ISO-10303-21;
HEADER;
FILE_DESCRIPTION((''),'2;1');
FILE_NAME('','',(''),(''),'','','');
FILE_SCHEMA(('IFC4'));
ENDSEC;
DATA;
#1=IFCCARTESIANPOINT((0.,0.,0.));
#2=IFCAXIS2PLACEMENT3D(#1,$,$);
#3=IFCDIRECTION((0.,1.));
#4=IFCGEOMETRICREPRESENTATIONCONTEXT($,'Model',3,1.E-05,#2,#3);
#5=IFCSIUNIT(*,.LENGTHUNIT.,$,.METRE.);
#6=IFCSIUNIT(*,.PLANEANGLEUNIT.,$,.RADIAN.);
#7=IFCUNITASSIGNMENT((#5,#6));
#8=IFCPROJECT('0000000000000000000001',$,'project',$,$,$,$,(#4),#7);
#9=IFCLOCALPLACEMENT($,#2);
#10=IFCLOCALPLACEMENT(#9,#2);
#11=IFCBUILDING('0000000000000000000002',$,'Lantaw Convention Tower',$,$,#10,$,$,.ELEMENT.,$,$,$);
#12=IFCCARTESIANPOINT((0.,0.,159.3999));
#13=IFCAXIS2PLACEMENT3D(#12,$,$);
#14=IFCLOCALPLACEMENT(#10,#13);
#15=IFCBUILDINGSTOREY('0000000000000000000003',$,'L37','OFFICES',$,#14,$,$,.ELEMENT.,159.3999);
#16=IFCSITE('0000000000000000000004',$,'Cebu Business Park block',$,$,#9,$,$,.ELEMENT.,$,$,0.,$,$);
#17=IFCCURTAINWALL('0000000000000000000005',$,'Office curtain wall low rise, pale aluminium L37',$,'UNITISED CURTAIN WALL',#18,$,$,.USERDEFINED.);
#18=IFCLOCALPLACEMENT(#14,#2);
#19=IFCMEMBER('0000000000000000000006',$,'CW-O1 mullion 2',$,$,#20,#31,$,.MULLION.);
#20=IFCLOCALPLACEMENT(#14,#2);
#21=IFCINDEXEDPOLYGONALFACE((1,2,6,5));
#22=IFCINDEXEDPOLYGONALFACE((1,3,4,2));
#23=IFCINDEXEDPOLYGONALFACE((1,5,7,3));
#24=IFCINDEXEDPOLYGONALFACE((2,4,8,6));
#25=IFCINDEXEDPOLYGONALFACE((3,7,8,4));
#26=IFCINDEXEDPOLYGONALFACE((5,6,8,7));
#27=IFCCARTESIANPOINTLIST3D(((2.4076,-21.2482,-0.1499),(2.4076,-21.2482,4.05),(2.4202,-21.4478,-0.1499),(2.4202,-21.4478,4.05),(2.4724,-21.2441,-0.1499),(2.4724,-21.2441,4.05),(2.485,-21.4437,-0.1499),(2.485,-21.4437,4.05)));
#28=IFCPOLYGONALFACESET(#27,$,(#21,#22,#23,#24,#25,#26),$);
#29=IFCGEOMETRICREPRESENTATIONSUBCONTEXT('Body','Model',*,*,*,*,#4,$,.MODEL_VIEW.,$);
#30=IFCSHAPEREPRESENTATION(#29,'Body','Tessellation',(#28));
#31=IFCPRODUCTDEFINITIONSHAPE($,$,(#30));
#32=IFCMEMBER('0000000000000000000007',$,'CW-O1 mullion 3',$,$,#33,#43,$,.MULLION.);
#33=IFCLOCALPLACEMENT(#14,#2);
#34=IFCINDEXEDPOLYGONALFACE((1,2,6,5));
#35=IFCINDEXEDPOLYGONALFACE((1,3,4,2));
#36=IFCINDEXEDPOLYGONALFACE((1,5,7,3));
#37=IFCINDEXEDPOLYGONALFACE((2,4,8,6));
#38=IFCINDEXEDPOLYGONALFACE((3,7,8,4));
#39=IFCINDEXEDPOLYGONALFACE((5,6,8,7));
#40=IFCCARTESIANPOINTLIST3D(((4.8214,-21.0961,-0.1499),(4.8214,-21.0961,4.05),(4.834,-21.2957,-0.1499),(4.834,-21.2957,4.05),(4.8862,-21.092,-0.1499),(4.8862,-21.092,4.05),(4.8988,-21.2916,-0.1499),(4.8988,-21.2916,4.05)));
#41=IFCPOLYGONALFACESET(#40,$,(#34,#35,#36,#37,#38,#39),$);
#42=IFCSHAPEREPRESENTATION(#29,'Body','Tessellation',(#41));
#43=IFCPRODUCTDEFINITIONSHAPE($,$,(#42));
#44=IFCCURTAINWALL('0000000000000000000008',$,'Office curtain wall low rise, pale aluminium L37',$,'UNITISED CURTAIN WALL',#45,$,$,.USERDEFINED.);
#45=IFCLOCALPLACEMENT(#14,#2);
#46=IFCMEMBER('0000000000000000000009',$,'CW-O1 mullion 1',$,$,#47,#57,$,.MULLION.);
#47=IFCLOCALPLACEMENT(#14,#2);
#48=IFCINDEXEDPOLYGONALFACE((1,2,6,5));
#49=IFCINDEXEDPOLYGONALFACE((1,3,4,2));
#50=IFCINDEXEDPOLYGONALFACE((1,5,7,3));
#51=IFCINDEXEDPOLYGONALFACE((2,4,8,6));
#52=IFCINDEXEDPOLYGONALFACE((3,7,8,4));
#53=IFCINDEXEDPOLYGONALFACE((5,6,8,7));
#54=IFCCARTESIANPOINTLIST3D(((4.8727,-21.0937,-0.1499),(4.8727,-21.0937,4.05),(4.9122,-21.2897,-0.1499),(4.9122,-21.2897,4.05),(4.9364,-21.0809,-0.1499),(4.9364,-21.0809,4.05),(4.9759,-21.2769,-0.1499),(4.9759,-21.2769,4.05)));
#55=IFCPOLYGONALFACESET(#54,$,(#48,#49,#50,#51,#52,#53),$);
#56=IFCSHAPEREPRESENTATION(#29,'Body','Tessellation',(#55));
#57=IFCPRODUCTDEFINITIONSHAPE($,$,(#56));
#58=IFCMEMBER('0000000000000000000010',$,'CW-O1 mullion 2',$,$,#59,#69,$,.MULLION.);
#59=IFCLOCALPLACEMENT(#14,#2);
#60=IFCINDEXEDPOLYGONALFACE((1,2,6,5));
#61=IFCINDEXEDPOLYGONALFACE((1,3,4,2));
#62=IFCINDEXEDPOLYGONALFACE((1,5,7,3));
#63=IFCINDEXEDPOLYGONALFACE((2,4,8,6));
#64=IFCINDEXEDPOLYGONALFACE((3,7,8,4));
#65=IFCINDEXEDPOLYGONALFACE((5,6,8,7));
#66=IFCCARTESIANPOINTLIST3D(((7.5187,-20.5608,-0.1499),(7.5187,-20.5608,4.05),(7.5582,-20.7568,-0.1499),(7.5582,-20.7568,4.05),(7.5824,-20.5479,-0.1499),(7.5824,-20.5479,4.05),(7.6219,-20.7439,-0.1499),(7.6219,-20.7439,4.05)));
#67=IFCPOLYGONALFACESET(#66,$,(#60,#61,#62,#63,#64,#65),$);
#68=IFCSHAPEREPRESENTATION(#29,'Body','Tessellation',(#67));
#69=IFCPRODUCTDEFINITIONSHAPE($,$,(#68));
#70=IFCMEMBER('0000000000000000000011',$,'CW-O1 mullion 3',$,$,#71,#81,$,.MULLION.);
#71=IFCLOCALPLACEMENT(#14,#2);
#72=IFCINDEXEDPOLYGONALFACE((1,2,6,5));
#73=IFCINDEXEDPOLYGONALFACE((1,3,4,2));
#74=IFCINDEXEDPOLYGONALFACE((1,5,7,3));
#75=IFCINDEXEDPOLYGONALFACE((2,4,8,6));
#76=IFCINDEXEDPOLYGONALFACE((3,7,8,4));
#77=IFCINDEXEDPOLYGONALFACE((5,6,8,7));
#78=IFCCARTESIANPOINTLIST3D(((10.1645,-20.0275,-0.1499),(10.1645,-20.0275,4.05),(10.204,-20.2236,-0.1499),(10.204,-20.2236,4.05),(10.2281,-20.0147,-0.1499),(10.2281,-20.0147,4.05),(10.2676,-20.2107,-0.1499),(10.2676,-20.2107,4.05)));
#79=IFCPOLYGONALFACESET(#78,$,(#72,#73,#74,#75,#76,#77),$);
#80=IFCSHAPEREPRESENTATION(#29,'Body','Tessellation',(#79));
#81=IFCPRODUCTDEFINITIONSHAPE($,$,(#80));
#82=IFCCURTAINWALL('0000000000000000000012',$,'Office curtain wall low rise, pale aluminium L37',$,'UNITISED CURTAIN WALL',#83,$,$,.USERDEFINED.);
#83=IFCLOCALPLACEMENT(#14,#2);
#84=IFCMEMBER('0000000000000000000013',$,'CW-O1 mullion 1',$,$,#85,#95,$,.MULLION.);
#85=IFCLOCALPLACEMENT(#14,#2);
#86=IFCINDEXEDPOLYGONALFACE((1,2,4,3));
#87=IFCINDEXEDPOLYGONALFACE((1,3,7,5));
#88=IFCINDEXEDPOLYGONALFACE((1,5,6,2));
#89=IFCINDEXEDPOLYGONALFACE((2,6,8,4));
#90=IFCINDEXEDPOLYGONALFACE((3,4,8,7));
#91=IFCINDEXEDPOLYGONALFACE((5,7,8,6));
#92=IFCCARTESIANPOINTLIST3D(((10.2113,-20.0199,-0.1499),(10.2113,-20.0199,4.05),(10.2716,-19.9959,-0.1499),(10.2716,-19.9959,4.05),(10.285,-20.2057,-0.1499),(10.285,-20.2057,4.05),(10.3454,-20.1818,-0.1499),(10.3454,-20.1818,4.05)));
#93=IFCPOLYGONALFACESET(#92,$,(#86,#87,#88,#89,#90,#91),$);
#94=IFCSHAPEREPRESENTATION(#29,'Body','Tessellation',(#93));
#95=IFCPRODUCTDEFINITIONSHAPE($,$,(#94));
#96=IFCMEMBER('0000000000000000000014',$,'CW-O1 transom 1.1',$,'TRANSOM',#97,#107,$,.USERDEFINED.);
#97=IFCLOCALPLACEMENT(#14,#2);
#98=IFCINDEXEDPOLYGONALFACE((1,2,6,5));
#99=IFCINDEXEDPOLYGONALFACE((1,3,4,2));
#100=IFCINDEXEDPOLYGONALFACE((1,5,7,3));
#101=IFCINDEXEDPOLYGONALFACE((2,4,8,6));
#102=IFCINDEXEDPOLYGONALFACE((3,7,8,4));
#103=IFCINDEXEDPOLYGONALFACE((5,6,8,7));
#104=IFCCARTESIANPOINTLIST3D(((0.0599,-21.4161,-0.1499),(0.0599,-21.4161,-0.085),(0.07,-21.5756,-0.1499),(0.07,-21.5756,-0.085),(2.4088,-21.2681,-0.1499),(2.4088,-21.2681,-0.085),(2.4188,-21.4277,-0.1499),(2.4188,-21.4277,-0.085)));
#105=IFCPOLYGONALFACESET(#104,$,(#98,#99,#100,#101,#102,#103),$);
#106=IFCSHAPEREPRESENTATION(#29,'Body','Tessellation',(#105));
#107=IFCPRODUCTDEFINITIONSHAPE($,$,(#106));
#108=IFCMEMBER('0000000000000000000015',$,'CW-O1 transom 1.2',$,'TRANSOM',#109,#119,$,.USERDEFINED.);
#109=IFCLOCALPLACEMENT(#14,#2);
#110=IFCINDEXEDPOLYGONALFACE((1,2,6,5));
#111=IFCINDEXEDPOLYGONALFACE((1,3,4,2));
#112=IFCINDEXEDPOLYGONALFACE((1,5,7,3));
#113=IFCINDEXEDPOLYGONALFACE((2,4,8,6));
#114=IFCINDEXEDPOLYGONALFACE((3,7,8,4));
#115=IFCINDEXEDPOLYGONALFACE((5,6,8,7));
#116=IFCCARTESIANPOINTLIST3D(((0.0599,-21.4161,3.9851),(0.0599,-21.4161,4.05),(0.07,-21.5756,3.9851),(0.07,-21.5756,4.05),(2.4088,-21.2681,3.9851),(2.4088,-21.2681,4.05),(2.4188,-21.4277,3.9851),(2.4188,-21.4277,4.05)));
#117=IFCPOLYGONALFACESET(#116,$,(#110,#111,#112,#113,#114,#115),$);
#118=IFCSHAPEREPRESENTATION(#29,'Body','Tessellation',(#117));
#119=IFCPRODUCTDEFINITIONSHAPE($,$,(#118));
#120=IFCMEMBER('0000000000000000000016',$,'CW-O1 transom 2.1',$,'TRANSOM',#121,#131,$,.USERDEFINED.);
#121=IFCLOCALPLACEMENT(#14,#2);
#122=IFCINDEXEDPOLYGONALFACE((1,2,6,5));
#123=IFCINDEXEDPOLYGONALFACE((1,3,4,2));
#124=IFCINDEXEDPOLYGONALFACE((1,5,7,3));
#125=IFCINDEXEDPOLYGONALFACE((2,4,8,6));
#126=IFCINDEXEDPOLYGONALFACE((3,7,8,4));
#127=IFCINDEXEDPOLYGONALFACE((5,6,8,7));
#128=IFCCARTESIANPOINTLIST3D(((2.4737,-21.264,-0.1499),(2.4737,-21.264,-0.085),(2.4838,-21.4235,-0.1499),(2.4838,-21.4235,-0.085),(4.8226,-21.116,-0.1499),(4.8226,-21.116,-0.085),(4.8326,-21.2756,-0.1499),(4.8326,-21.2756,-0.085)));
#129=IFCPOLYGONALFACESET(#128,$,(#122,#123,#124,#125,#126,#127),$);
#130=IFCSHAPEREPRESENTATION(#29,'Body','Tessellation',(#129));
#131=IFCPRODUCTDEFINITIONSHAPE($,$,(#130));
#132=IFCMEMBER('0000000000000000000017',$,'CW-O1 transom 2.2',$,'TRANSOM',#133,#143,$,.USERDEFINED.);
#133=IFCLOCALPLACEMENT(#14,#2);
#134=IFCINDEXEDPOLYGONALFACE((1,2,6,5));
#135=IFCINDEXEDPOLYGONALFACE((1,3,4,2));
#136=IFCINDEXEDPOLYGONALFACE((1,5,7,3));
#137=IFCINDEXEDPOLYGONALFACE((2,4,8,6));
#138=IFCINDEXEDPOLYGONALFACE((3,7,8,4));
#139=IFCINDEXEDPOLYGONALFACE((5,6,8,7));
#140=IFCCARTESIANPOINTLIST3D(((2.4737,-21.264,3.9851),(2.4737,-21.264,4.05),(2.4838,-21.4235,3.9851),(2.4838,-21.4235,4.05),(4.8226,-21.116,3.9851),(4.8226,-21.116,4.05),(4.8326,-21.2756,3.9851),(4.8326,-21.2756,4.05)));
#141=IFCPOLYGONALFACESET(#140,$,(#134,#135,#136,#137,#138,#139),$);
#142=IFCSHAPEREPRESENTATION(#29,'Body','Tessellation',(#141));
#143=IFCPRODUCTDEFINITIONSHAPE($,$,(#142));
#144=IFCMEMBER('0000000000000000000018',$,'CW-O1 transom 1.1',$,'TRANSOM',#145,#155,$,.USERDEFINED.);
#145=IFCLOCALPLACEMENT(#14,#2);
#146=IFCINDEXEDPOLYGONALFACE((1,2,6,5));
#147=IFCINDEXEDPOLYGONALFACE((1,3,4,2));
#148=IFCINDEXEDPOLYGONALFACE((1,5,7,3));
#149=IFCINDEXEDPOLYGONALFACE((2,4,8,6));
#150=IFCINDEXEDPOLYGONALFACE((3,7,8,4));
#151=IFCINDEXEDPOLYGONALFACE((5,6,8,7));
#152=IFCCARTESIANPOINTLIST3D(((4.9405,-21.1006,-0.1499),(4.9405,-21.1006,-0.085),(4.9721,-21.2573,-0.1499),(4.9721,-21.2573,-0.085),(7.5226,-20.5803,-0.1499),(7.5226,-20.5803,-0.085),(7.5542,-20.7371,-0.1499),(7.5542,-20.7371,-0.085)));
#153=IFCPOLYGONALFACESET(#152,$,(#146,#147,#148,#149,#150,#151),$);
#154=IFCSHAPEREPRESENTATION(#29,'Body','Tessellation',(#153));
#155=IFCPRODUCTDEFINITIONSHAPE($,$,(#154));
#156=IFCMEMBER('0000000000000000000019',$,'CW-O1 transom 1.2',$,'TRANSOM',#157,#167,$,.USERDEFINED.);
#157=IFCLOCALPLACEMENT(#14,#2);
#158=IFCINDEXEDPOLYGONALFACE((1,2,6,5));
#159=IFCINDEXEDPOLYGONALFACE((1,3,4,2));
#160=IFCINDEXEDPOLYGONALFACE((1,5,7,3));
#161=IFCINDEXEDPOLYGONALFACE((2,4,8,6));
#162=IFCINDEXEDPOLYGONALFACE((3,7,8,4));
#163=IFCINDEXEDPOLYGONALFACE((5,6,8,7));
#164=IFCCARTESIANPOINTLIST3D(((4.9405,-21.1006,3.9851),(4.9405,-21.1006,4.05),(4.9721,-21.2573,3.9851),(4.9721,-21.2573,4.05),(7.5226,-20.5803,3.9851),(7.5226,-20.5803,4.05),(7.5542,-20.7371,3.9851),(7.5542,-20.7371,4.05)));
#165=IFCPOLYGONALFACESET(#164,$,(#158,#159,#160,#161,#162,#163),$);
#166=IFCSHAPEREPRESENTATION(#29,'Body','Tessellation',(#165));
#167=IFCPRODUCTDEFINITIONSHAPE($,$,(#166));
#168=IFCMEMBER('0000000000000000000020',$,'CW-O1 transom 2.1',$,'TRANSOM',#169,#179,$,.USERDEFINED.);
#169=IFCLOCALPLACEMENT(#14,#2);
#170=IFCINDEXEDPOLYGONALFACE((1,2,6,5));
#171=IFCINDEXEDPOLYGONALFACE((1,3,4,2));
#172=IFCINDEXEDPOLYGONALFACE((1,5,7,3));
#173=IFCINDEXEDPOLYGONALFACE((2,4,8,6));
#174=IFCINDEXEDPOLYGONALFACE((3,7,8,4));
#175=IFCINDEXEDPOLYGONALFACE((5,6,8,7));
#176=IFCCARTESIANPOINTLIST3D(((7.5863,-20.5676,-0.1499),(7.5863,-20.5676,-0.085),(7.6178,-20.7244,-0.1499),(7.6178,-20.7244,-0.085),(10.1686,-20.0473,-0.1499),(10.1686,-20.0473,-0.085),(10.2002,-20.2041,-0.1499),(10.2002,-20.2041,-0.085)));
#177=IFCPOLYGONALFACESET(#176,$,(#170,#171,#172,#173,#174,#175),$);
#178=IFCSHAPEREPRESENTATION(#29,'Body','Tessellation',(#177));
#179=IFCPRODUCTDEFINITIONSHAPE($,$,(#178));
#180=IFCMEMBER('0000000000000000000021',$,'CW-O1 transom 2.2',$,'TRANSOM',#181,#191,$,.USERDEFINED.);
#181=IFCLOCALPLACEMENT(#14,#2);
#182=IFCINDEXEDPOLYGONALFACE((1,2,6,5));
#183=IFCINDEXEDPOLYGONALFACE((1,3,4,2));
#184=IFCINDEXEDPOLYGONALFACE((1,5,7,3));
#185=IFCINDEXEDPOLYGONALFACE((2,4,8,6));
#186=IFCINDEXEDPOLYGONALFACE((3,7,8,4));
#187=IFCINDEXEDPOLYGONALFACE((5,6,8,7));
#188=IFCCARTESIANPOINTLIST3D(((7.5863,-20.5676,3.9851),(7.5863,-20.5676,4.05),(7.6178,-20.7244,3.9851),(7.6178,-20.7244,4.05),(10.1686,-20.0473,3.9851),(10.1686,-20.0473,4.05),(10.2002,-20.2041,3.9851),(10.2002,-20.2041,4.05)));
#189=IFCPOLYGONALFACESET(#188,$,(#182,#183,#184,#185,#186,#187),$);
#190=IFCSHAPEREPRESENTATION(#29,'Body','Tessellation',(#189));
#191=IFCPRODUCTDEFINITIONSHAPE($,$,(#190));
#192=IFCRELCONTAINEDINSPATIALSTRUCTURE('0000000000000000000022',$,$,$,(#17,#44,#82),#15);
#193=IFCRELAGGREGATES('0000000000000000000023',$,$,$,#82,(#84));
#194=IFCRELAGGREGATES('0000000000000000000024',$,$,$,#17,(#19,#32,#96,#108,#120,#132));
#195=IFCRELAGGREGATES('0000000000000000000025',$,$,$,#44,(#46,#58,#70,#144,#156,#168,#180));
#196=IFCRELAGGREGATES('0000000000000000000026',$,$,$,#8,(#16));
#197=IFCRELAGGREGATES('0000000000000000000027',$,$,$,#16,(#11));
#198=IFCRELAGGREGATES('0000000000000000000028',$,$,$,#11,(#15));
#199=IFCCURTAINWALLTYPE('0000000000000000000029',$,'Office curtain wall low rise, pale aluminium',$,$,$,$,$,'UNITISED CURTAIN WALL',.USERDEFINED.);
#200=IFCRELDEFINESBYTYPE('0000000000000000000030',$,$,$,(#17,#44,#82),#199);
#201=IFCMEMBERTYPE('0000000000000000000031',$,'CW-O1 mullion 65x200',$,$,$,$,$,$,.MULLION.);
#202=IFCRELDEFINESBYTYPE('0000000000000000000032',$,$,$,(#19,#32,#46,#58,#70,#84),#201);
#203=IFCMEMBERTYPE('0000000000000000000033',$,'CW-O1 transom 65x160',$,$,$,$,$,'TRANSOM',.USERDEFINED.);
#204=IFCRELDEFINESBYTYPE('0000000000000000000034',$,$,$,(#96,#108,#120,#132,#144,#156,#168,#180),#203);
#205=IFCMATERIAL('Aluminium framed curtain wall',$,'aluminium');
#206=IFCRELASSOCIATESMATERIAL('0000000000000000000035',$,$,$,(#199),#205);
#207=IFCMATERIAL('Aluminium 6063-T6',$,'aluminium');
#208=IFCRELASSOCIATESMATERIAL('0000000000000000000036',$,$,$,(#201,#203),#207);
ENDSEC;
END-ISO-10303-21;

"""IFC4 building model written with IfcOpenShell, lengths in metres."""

from ifc_helpers import new_model, si_unit, direction, frame, origin, origin_2d, place, context, subcontext, project, spatial, rectangle, extrude, material, material_profile, profile_set, type_object, element, aggregate, save


model = new_model("IFC4")

# Units and contexts
model_context = context("Model", 3, precision=1e-05, world=origin(), true_north=direction((0.0, 1.0)))
body_context = subcontext(model_context, "Body", "Model", "MODEL_VIEW")
ifc_project = project(units=[si_unit("LENGTHUNIT", "METRE"), si_unit("PLANEANGLEUNIT", "RADIAN")], contexts=[model_context])

# Site, building, storey
site_placement = place(None, origin())
site = spatial("IfcSite", under=ifc_project, at=site_placement, Name="Cebu Business Park block", CompositionType="ELEMENT", RefElevation=0.0)
building_placement = place(site_placement, origin())
building = spatial("IfcBuilding", under=site, at=building_placement, Name="Lantaw Convention Tower", CompositionType="ELEMENT")
storey_placement = place(building_placement, frame((0.0, 0.0, 159.3999)))
storey = spatial("IfcBuildingStorey", under=building, at=storey_placement, Name="L37", Description="OFFICES", CompositionType="ELEMENT", Elevation=159.3999)

# Curtain walls, members
ifc_material_1 = material(Name="Aluminium framed curtain wall", Category="aluminium")
curtain_wall_type = type_object("IfcCurtainWallType", Name="Office curtain wall low rise, pale aluminium", ElementType="UNITISED CURTAIN WALL", PredefinedType="USERDEFINED", material=ifc_material_1)
curtain_wall_1_placement = place(storey_placement, origin())
curtain_wall_1 = element("IfcCurtainWall", 1, at=curtain_wall_1_placement, inside=storey, type_object=curtain_wall_type, Name="Office curtain wall low rise, pale aluminium L37", ObjectType="UNITISED CURTAIN WALL", PredefinedType="USERDEFINED")
ifc_material_2 = material(Name="Aluminium 6063-T6", Category="aluminium")
ifc_material_profile_1 = material_profile(ifc_material_2, rectangle(XDim=0.2, YDim=0.0649, at=origin_2d()), Name="CW-O1 mullion 65x200")
ifc_profile_set_1 = profile_set([ifc_material_profile_1], Name="Aluminium 6063-T6")
member_type_1 = type_object("IfcMemberType", Name="CW-O1 mullion 65x200", PredefinedType="MULLION", material=ifc_profile_set_1)
member_1_placement = place(storey_placement, frame((2.4463, -21.3459, -0.1499), z_axis=(0.0, 0.0, 1.0), x_axis=(-0.062865, 0.998022, 0.0)))
member_1 = element("IfcMember", 2, at=member_1_placement, type_object=member_type_1, Name="CW-O1 mullion 2", PredefinedType="MULLION", context=body_context, shape_type="SweptSolid", body=[
    extrude(rectangle(XDim=0.2, YDim=0.0649, at=origin_2d()), origin(), (0.0, 0.0, 1.0), 4.2),
])
member_2_placement = place(storey_placement, frame((4.8601, -21.1938, -0.1499), z_axis=(0.0, 0.0, 1.0), x_axis=(-0.062865, 0.998022, 0.0)))
member_2 = element("IfcMember", 3, at=member_2_placement, type_object=member_type_1, Name="CW-O1 mullion 3", PredefinedType="MULLION", context=body_context, shape_type="SweptSolid", body=[
    extrude(rectangle(XDim=0.2, YDim=0.0649, at=origin_2d()), origin(), (0.0, 0.0, 1.0), 4.2),
])
curtain_wall_2_placement = place(storey_placement, origin())
curtain_wall_2 = element("IfcCurtainWall", 4, at=curtain_wall_2_placement, inside=storey, type_object=curtain_wall_type, Name="Office curtain wall low rise, pale aluminium L37", ObjectType="UNITISED CURTAIN WALL", PredefinedType="USERDEFINED")
member_3_placement = place(storey_placement, frame((4.9243, -21.1853, -0.1499), z_axis=(0.0, 0.0, 1.0), x_axis=(-0.197507, 0.980302, 0.0)))
member_3 = element("IfcMember", 5, at=member_3_placement, type_object=member_type_1, Name="CW-O1 mullion 1", PredefinedType="MULLION", context=body_context, shape_type="SweptSolid", body=[
    extrude(rectangle(XDim=0.2, YDim=0.0649, at=origin_2d()), origin(), (0.0, 0.0, 1.0), 4.2),
])
member_4_placement = place(storey_placement, frame((7.5703, -20.6523, -0.1499), z_axis=(0.0, 0.0, 1.0), x_axis=(-0.197507, 0.980302, 0.0)))
member_4 = element("IfcMember", 6, at=member_4_placement, type_object=member_type_1, Name="CW-O1 mullion 2", PredefinedType="MULLION", context=body_context, shape_type="SweptSolid", body=[
    extrude(rectangle(XDim=0.2, YDim=0.0649, at=origin_2d()), origin(), (0.0, 0.0, 1.0), 4.2),
])
member_5_placement = place(storey_placement, frame((10.2161, -20.1191, -0.1499), z_axis=(0.0, 0.0, 1.0), x_axis=(-0.197507, 0.980302, 0.0)))
member_5 = element("IfcMember", 7, at=member_5_placement, type_object=member_type_1, Name="CW-O1 mullion 3", PredefinedType="MULLION", context=body_context, shape_type="SweptSolid", body=[
    extrude(rectangle(XDim=0.2, YDim=0.0649, at=origin_2d()), origin(), (0.0, 0.0, 1.0), 4.2),
])

# Curtain wall, member
curtain_wall_3_placement = place(storey_placement, origin())
curtain_wall_3 = element("IfcCurtainWall", 8, at=curtain_wall_3_placement, inside=storey, type_object=curtain_wall_type, Name="Office curtain wall low rise, pale aluminium L37", ObjectType="UNITISED CURTAIN WALL", PredefinedType="USERDEFINED")
member_6_placement = place(storey_placement, frame((10.2783, -20.1008, -0.1499), z_axis=(0.0, 0.0, 1.0), x_axis=(-0.368702, 0.929548, 0.0)))
member_6 = element("IfcMember", 9, at=member_6_placement, type_object=member_type_1, Name="CW-O1 mullion 1", PredefinedType="MULLION", context=body_context, shape_type="SweptSolid", body=[
    extrude(rectangle(XDim=0.2, YDim=0.0649, at=origin_2d()), origin(), (0.0, 0.0, 1.0), 4.2),
])

# Members
ifc_material_profile_2 = material_profile(ifc_material_2, rectangle(XDim=0.1599, YDim=0.0649, at=origin_2d()), Name="CW-O1 transom 65x160")
ifc_profile_set_2 = profile_set([ifc_material_profile_2], Name="Aluminium 6063-T6")
member_type_2 = type_object("IfcMemberType", Name="CW-O1 transom 65x160", ElementType="TRANSOM", PredefinedType="USERDEFINED", material=ifc_profile_set_2)
member_7_placement = place(storey_placement, frame((0.0649, -21.4958, -0.1174), z_axis=(0.998022, 0.062863, 0.0), x_axis=(-0.062863, 0.998022, 0.0)))
member_7 = element("IfcMember", 10, at=member_7_placement, type_object=member_type_2, Name="CW-O1 transom 1.1", ObjectType="TRANSOM", PredefinedType="USERDEFINED", context=body_context, shape_type="SweptSolid", body=[
    extrude(rectangle(XDim=0.1599, YDim=0.0649, at=origin_2d()), origin(), (0.0, 0.0, 1.0), 2.3535),
])
member_8_placement = place(storey_placement, frame((0.0649, -21.4958, 4.0176), z_axis=(0.998022, 0.062863, 0.0), x_axis=(-0.062863, 0.998022, 0.0)))
member_8 = element("IfcMember", 11, at=member_8_placement, type_object=member_type_2, Name="CW-O1 transom 1.2", ObjectType="TRANSOM", PredefinedType="USERDEFINED", context=body_context, shape_type="SweptSolid", body=[
    extrude(rectangle(XDim=0.1599, YDim=0.0649, at=origin_2d()), origin(), (0.0, 0.0, 1.0), 2.3535),
])
member_9_placement = place(storey_placement, frame((2.4788, -21.3438, -0.1174), z_axis=(0.998022, 0.062863, 0.0), x_axis=(-0.062863, 0.998022, 0.0)))
member_9 = element("IfcMember", 12, at=member_9_placement, type_object=member_type_2, Name="CW-O1 transom 2.1", ObjectType="TRANSOM", PredefinedType="USERDEFINED", context=body_context, shape_type="SweptSolid", body=[
    extrude(rectangle(XDim=0.1599, YDim=0.0649, at=origin_2d()), origin(), (0.0, 0.0, 1.0), 2.3535),
])
member_10_placement = place(storey_placement, frame((2.4788, -21.3438, 4.0176), z_axis=(0.998022, 0.062863, 0.0), x_axis=(-0.062863, 0.998022, 0.0)))
member_10 = element("IfcMember", 13, at=member_10_placement, type_object=member_type_2, Name="CW-O1 transom 2.2", ObjectType="TRANSOM", PredefinedType="USERDEFINED", context=body_context, shape_type="SweptSolid", body=[
    extrude(rectangle(XDim=0.1599, YDim=0.0649, at=origin_2d()), origin(), (0.0, 0.0, 1.0), 2.3535),
])
member_11_placement = place(storey_placement, frame((4.9563, -21.179, -0.1174), z_axis=(0.980298, 0.197524, 0.0), x_axis=(-0.197524, 0.980298, 0.0)))
member_11 = element("IfcMember", 14, at=member_11_placement, type_object=member_type_2, Name="CW-O1 transom 1.1", ObjectType="TRANSOM", PredefinedType="USERDEFINED", context=body_context, shape_type="SweptSolid", body=[
    extrude(rectangle(XDim=0.1599, YDim=0.0649, at=origin_2d()), origin(), (0.0, 0.0, 1.0), 2.634),
])
member_12_placement = place(storey_placement, frame((4.9563, -21.179, 4.0176), z_axis=(0.980298, 0.197524, 0.0), x_axis=(-0.197524, 0.980298, 0.0)))
member_12 = element("IfcMember", 15, at=member_12_placement, type_object=member_type_2, Name="CW-O1 transom 1.2", ObjectType="TRANSOM", PredefinedType="USERDEFINED", context=body_context, shape_type="SweptSolid", body=[
    extrude(rectangle(XDim=0.1599, YDim=0.0649, at=origin_2d()), origin(), (0.0, 0.0, 1.0), 2.634),
])
member_13_placement = place(storey_placement, frame((7.6021, -20.646, -0.1174), z_axis=(0.980302, 0.197506, 0.0), x_axis=(-0.197506, 0.980302, 0.0)))
member_13 = element("IfcMember", 16, at=member_13_placement, type_object=member_type_2, Name="CW-O1 transom 2.1", ObjectType="TRANSOM", PredefinedType="USERDEFINED", context=body_context, shape_type="SweptSolid", body=[
    extrude(rectangle(XDim=0.1599, YDim=0.0649, at=origin_2d()), origin(), (0.0, 0.0, 1.0), 2.6343),
])
member_14_placement = place(storey_placement, frame((7.6021, -20.646, 4.0176), z_axis=(0.980302, 0.197506, 0.0), x_axis=(-0.197506, 0.980302, 0.0)))
member_14 = element("IfcMember", 17, at=member_14_placement, type_object=member_type_2, Name="CW-O1 transom 2.2", ObjectType="TRANSOM", PredefinedType="USERDEFINED", context=body_context, shape_type="SweptSolid", body=[
    extrude(rectangle(XDim=0.1599, YDim=0.0649, at=origin_2d()), origin(), (0.0, 0.0, 1.0), 2.6343),
])
aggregate(curtain_wall_3, [member_6])

aggregate(curtain_wall_1, [member_1, member_2, member_7, member_8, member_9, member_10])
aggregate(curtain_wall_2, [member_3, member_4, member_5, member_11, member_12, member_13, member_14])

save(model, "model.ifc")
